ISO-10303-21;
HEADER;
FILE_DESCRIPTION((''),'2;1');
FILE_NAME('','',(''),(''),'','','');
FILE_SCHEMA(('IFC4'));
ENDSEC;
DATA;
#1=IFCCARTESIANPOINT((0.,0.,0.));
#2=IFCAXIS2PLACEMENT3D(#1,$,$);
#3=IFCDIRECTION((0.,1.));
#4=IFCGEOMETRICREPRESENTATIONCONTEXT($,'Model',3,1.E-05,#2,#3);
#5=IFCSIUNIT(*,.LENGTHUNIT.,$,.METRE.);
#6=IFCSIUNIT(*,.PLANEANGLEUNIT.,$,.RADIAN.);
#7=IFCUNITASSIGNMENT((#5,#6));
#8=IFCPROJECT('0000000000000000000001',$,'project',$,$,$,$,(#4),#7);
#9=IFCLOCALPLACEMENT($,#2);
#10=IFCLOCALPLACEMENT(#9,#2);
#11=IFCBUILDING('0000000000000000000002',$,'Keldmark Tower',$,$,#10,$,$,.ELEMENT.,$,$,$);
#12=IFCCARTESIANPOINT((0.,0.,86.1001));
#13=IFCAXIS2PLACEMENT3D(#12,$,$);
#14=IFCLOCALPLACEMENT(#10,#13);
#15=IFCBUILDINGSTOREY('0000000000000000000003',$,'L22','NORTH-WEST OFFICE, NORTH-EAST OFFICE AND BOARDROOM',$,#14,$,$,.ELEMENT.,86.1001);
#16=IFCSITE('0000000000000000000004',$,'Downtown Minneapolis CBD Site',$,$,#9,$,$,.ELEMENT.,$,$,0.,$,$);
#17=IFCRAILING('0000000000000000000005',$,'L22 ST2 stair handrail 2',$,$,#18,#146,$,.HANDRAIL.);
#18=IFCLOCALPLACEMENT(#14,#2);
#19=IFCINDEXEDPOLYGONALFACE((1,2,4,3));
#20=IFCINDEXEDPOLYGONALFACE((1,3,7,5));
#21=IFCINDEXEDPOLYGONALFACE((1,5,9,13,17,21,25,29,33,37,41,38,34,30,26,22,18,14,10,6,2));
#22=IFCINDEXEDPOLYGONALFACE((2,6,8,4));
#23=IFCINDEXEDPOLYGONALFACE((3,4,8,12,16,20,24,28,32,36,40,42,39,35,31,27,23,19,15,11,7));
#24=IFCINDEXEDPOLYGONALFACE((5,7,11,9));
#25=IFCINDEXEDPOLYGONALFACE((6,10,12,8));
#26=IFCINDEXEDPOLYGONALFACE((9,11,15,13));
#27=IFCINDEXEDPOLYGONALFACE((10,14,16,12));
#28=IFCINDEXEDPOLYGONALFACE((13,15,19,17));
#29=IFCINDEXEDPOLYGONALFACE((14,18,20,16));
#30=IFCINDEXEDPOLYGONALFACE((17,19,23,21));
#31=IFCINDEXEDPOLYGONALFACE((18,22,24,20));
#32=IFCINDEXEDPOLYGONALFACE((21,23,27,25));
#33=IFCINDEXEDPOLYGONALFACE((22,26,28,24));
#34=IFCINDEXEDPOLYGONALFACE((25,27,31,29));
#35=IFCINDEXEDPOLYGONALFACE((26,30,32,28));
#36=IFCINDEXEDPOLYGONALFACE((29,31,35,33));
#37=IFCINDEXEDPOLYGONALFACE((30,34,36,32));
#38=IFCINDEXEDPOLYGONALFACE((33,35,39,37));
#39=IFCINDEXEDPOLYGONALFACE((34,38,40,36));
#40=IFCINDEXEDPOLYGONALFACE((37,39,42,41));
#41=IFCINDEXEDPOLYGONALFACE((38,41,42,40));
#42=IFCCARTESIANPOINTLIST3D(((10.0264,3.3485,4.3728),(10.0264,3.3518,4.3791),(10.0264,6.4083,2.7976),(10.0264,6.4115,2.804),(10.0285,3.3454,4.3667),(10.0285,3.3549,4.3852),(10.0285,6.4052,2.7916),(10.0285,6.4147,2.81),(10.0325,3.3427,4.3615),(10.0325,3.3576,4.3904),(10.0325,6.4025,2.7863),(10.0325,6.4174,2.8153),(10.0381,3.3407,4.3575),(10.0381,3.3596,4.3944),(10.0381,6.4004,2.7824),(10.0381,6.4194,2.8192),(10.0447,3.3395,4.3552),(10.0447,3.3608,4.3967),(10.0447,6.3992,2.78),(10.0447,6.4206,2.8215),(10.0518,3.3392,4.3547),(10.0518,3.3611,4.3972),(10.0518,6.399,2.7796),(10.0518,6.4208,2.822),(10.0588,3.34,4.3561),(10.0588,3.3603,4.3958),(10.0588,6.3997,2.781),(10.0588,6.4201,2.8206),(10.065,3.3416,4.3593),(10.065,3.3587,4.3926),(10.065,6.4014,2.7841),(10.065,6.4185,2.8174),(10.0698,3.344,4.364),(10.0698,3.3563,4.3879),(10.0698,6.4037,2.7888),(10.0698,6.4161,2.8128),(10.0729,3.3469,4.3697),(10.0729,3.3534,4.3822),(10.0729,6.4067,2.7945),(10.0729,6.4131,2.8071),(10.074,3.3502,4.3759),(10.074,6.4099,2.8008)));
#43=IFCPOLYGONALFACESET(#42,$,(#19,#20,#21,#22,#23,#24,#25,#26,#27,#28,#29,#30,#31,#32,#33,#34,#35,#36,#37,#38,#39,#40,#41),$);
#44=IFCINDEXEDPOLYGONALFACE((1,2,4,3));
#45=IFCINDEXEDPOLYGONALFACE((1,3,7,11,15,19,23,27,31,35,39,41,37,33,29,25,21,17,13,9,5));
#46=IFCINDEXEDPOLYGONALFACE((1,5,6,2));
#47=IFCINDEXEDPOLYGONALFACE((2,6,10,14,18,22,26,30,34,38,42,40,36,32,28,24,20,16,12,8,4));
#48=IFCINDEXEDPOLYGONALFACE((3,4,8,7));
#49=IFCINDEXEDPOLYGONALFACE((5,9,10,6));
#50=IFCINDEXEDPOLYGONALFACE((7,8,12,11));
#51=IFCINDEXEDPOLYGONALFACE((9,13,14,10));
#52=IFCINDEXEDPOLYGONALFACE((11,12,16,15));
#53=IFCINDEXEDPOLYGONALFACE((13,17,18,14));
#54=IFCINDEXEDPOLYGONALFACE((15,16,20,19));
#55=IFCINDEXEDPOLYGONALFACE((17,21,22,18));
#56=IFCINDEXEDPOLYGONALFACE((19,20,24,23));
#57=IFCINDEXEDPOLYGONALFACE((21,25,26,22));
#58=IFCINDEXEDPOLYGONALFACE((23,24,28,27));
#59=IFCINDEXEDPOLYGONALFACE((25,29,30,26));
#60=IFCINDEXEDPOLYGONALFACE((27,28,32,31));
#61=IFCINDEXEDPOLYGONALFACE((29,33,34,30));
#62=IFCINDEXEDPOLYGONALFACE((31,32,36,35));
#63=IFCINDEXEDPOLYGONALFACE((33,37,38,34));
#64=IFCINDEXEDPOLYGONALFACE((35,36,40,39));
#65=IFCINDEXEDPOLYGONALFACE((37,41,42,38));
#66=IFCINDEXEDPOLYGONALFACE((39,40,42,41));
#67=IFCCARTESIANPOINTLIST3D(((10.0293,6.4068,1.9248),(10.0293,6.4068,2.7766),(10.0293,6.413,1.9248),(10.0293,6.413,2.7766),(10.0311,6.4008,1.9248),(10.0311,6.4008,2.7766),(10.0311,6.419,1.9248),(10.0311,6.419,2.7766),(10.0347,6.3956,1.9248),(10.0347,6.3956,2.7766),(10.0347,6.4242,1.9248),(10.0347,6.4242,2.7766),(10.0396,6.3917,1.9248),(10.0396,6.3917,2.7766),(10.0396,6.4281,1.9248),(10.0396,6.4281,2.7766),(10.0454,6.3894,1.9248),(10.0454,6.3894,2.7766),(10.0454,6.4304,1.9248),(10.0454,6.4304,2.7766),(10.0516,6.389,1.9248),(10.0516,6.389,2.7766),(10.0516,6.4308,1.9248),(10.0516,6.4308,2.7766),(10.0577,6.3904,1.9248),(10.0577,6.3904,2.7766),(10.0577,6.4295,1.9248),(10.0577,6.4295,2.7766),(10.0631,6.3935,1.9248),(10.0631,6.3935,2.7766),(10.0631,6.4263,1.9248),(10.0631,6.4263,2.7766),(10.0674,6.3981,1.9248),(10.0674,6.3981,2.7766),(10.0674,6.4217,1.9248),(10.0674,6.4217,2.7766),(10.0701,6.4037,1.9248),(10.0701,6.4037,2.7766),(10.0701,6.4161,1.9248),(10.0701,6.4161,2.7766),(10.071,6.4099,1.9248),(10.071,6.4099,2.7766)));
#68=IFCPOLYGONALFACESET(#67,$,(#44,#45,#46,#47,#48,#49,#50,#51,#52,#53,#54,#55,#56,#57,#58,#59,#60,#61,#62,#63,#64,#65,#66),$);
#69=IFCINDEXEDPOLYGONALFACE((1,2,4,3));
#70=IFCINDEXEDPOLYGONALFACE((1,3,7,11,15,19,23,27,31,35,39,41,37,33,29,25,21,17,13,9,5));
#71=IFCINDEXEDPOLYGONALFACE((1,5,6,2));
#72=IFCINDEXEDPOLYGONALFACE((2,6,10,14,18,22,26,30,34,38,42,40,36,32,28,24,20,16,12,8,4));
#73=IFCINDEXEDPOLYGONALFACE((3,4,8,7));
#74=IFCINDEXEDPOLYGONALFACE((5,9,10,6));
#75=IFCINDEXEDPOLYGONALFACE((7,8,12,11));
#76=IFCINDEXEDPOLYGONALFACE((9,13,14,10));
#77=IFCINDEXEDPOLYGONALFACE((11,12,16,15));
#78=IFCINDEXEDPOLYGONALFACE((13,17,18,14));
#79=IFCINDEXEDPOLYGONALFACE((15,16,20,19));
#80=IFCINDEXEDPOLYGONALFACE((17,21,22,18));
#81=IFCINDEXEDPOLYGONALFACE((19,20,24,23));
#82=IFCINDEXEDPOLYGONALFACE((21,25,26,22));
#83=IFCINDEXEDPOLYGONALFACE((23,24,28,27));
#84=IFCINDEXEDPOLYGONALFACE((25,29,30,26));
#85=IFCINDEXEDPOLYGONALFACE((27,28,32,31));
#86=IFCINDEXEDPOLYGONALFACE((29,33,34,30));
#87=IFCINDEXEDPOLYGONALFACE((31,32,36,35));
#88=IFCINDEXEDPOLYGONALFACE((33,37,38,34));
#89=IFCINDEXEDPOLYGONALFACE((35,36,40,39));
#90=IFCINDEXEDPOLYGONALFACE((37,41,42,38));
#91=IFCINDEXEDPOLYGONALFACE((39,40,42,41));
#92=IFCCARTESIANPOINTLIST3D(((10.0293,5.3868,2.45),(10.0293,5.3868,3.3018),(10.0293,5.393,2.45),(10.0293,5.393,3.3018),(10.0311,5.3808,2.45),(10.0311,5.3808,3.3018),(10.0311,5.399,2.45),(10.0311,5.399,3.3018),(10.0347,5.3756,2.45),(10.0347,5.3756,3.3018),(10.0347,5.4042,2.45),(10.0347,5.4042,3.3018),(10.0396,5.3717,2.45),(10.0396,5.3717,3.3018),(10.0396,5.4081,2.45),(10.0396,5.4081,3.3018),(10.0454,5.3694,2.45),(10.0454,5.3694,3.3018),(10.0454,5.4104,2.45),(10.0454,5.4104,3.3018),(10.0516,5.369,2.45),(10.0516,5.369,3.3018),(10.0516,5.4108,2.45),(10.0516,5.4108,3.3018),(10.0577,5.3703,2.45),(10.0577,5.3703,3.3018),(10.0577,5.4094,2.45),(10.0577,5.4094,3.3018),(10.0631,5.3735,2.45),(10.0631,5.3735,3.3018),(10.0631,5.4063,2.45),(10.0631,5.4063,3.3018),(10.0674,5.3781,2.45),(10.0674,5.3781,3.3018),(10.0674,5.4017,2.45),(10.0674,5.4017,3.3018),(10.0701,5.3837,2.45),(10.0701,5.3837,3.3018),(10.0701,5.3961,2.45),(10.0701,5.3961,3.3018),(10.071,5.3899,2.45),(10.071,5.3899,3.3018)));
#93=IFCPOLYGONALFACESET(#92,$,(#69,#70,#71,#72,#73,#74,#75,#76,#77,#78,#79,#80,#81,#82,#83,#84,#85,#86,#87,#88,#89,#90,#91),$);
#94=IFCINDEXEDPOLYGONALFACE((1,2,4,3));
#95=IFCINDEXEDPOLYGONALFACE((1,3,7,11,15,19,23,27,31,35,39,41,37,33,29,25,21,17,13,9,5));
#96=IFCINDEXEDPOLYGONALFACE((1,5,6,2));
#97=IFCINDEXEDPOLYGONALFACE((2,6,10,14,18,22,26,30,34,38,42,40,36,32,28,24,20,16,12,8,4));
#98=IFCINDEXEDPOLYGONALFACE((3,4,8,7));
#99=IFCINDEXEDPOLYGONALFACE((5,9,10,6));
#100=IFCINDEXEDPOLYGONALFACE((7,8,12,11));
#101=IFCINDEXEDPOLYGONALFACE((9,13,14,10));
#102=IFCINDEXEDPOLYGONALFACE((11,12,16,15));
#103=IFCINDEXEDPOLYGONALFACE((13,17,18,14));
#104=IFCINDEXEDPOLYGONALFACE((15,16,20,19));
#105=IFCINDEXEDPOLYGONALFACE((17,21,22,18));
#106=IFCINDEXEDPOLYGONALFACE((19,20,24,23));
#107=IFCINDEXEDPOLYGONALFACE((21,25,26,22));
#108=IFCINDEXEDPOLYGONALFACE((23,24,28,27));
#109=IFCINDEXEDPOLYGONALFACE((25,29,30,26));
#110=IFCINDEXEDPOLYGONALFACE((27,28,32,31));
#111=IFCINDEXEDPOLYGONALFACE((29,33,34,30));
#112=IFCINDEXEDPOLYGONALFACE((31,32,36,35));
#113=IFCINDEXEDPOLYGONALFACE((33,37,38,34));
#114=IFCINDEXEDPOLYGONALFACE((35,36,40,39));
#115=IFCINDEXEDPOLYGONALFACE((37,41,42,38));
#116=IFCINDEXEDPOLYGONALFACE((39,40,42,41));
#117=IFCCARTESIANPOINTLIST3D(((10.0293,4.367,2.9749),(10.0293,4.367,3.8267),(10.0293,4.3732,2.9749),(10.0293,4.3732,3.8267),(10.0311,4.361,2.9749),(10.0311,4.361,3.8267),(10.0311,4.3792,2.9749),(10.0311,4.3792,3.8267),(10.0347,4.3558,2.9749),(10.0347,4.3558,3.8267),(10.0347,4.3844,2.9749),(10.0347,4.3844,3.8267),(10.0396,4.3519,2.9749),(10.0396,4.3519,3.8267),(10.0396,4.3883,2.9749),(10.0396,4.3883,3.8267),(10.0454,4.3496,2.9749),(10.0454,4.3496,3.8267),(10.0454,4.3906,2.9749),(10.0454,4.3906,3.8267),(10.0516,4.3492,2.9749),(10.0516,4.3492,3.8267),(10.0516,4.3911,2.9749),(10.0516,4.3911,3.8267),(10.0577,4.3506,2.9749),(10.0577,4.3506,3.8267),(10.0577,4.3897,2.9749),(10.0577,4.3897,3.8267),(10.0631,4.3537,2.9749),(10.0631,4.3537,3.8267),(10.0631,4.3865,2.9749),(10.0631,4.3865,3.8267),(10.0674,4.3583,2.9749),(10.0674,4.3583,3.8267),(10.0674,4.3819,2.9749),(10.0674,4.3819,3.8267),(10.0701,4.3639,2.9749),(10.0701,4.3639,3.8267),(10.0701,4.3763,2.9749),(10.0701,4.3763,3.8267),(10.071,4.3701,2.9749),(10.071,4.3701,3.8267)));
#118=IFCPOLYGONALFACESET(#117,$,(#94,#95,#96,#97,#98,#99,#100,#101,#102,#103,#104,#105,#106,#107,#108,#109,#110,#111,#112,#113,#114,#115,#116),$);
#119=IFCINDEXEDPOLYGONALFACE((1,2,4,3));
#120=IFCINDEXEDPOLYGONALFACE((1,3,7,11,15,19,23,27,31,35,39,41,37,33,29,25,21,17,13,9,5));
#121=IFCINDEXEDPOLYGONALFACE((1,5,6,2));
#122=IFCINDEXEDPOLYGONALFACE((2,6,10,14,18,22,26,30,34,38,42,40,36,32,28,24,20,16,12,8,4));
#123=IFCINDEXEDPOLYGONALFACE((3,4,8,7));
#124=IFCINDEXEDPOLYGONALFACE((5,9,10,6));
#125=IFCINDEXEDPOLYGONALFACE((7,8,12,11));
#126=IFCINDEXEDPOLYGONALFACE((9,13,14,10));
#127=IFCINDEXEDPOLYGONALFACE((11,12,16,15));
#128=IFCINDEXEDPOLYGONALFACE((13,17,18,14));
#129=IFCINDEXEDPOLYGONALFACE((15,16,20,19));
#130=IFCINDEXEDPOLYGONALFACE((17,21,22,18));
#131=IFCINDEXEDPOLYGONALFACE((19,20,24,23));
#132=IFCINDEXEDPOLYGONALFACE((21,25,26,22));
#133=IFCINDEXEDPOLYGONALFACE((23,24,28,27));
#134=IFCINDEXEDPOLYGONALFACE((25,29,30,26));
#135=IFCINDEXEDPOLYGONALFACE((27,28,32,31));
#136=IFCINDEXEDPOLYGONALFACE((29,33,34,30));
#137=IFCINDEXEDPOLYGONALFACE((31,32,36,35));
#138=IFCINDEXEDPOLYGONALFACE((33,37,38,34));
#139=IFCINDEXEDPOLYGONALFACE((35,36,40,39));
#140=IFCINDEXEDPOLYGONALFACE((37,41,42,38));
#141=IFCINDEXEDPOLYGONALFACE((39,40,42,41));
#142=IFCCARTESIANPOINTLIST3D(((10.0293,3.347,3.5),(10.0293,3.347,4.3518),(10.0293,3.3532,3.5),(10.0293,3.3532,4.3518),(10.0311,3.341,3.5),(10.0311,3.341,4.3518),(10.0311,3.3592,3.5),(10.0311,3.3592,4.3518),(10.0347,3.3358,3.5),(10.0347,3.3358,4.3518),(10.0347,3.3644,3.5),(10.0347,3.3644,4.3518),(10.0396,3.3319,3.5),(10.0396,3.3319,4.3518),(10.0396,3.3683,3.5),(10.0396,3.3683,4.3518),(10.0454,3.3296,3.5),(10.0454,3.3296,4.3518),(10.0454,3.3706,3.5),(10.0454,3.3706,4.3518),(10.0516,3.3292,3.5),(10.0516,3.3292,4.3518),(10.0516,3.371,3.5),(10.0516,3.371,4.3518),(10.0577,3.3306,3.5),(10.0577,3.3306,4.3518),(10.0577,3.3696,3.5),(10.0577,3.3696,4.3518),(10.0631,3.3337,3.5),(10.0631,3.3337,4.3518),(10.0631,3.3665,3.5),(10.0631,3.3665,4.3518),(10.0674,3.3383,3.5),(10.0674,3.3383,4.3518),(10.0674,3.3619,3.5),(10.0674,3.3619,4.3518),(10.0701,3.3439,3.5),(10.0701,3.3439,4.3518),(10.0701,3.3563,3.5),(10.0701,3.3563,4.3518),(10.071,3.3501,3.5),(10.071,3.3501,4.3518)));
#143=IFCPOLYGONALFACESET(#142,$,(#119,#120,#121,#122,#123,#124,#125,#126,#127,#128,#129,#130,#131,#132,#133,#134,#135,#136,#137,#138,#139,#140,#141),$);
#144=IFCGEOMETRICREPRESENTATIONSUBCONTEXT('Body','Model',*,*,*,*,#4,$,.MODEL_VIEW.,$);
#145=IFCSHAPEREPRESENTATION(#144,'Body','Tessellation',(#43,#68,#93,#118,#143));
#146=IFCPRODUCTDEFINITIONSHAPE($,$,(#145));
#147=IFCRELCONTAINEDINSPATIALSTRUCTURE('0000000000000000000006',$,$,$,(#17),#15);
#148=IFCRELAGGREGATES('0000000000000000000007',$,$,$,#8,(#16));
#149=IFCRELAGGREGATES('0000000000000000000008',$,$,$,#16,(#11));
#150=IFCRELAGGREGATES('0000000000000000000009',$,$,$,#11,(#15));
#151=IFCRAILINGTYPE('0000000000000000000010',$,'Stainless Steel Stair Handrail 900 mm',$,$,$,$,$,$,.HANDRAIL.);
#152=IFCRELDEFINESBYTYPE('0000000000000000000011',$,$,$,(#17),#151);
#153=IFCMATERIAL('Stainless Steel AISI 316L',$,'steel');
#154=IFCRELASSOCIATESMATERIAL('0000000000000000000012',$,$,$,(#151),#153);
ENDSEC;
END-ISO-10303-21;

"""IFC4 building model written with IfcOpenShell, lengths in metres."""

from ifc_helpers import new_model, si_unit, direction, frame, origin, origin_2d, place, context, subcontext, project, spatial, circle, extrude, material, type_object, element, save


model = new_model("IFC4")

# Units and contexts
model_context = context("Model", 3, precision=1e-05, world=origin(), true_north=direction((0.0, 1.0)))
body_context = subcontext(model_context, "Body", "Model", "MODEL_VIEW")
ifc_project = project(units=[si_unit("LENGTHUNIT", "METRE"), si_unit("PLANEANGLEUNIT", "RADIAN")], contexts=[model_context])

# Site, building, storey
site_placement = place(None, origin())
site = spatial("IfcSite", under=ifc_project, at=site_placement, Name="Downtown Minneapolis CBD Site", CompositionType="ELEMENT", RefElevation=0.0)
building_placement = place(site_placement, origin())
building = spatial("IfcBuilding", under=site, at=building_placement, Name="Keldmark Tower", CompositionType="ELEMENT")
storey_placement = place(building_placement, frame((0.0, 0.0, 86.1001)))
storey = spatial("IfcBuildingStorey", under=building, at=storey_placement, Name="L22", Description="NORTH-WEST OFFICE, NORTH-EAST OFFICE AND BOARDROOM", CompositionType="ELEMENT", Elevation=86.1001)

# Railing
ifc_material_1 = material(Name="Stainless Steel AISI 316L", Category="steel")
railing_type_1 = type_object("IfcRailingType", Name="Stainless Steel Stair Handrail 900 mm", PredefinedType="HANDRAIL", material=ifc_material_1)
railing_1_placement = place(storey_placement, frame((10.05, 6.4099, 1.9248)))
element("IfcRailing", 1, at=railing_1_placement, inside=storey, type_object=railing_type_1, Name="L22 ST2 stair handrail 2", PredefinedType="HANDRAIL", context=body_context, shape_type="SweptSolid", body=[
    extrude(circle(Radius=0.0239, at=origin_2d()), frame((0.0, 0.0, 0.876), z_axis=(0.0, -0.889101, 0.45771), x_axis=(1.0, 0.0, 0.0)), (0.0, 0.0, 1.0), 3.4414),
    extrude(circle(Radius=0.021, at=origin_2d()), origin(), (0.0, 0.0, 1.0), 0.8518),
    extrude(circle(Radius=0.021, at=origin_2d()), frame((0.0, -1.02, 0.5251)), (0.0, 0.0, 1.0), 0.8518),
    extrude(circle(Radius=0.021, at=origin_2d()), frame((0.0, -2.0398, 1.05)), (0.0, 0.0, 1.0), 0.8518),
    extrude(circle(Radius=0.021, at=origin_2d()), frame((0.0, -3.0598, 1.5752)), (0.0, 0.0, 1.0), 0.8518),
])

save(model, "model.ifc")
